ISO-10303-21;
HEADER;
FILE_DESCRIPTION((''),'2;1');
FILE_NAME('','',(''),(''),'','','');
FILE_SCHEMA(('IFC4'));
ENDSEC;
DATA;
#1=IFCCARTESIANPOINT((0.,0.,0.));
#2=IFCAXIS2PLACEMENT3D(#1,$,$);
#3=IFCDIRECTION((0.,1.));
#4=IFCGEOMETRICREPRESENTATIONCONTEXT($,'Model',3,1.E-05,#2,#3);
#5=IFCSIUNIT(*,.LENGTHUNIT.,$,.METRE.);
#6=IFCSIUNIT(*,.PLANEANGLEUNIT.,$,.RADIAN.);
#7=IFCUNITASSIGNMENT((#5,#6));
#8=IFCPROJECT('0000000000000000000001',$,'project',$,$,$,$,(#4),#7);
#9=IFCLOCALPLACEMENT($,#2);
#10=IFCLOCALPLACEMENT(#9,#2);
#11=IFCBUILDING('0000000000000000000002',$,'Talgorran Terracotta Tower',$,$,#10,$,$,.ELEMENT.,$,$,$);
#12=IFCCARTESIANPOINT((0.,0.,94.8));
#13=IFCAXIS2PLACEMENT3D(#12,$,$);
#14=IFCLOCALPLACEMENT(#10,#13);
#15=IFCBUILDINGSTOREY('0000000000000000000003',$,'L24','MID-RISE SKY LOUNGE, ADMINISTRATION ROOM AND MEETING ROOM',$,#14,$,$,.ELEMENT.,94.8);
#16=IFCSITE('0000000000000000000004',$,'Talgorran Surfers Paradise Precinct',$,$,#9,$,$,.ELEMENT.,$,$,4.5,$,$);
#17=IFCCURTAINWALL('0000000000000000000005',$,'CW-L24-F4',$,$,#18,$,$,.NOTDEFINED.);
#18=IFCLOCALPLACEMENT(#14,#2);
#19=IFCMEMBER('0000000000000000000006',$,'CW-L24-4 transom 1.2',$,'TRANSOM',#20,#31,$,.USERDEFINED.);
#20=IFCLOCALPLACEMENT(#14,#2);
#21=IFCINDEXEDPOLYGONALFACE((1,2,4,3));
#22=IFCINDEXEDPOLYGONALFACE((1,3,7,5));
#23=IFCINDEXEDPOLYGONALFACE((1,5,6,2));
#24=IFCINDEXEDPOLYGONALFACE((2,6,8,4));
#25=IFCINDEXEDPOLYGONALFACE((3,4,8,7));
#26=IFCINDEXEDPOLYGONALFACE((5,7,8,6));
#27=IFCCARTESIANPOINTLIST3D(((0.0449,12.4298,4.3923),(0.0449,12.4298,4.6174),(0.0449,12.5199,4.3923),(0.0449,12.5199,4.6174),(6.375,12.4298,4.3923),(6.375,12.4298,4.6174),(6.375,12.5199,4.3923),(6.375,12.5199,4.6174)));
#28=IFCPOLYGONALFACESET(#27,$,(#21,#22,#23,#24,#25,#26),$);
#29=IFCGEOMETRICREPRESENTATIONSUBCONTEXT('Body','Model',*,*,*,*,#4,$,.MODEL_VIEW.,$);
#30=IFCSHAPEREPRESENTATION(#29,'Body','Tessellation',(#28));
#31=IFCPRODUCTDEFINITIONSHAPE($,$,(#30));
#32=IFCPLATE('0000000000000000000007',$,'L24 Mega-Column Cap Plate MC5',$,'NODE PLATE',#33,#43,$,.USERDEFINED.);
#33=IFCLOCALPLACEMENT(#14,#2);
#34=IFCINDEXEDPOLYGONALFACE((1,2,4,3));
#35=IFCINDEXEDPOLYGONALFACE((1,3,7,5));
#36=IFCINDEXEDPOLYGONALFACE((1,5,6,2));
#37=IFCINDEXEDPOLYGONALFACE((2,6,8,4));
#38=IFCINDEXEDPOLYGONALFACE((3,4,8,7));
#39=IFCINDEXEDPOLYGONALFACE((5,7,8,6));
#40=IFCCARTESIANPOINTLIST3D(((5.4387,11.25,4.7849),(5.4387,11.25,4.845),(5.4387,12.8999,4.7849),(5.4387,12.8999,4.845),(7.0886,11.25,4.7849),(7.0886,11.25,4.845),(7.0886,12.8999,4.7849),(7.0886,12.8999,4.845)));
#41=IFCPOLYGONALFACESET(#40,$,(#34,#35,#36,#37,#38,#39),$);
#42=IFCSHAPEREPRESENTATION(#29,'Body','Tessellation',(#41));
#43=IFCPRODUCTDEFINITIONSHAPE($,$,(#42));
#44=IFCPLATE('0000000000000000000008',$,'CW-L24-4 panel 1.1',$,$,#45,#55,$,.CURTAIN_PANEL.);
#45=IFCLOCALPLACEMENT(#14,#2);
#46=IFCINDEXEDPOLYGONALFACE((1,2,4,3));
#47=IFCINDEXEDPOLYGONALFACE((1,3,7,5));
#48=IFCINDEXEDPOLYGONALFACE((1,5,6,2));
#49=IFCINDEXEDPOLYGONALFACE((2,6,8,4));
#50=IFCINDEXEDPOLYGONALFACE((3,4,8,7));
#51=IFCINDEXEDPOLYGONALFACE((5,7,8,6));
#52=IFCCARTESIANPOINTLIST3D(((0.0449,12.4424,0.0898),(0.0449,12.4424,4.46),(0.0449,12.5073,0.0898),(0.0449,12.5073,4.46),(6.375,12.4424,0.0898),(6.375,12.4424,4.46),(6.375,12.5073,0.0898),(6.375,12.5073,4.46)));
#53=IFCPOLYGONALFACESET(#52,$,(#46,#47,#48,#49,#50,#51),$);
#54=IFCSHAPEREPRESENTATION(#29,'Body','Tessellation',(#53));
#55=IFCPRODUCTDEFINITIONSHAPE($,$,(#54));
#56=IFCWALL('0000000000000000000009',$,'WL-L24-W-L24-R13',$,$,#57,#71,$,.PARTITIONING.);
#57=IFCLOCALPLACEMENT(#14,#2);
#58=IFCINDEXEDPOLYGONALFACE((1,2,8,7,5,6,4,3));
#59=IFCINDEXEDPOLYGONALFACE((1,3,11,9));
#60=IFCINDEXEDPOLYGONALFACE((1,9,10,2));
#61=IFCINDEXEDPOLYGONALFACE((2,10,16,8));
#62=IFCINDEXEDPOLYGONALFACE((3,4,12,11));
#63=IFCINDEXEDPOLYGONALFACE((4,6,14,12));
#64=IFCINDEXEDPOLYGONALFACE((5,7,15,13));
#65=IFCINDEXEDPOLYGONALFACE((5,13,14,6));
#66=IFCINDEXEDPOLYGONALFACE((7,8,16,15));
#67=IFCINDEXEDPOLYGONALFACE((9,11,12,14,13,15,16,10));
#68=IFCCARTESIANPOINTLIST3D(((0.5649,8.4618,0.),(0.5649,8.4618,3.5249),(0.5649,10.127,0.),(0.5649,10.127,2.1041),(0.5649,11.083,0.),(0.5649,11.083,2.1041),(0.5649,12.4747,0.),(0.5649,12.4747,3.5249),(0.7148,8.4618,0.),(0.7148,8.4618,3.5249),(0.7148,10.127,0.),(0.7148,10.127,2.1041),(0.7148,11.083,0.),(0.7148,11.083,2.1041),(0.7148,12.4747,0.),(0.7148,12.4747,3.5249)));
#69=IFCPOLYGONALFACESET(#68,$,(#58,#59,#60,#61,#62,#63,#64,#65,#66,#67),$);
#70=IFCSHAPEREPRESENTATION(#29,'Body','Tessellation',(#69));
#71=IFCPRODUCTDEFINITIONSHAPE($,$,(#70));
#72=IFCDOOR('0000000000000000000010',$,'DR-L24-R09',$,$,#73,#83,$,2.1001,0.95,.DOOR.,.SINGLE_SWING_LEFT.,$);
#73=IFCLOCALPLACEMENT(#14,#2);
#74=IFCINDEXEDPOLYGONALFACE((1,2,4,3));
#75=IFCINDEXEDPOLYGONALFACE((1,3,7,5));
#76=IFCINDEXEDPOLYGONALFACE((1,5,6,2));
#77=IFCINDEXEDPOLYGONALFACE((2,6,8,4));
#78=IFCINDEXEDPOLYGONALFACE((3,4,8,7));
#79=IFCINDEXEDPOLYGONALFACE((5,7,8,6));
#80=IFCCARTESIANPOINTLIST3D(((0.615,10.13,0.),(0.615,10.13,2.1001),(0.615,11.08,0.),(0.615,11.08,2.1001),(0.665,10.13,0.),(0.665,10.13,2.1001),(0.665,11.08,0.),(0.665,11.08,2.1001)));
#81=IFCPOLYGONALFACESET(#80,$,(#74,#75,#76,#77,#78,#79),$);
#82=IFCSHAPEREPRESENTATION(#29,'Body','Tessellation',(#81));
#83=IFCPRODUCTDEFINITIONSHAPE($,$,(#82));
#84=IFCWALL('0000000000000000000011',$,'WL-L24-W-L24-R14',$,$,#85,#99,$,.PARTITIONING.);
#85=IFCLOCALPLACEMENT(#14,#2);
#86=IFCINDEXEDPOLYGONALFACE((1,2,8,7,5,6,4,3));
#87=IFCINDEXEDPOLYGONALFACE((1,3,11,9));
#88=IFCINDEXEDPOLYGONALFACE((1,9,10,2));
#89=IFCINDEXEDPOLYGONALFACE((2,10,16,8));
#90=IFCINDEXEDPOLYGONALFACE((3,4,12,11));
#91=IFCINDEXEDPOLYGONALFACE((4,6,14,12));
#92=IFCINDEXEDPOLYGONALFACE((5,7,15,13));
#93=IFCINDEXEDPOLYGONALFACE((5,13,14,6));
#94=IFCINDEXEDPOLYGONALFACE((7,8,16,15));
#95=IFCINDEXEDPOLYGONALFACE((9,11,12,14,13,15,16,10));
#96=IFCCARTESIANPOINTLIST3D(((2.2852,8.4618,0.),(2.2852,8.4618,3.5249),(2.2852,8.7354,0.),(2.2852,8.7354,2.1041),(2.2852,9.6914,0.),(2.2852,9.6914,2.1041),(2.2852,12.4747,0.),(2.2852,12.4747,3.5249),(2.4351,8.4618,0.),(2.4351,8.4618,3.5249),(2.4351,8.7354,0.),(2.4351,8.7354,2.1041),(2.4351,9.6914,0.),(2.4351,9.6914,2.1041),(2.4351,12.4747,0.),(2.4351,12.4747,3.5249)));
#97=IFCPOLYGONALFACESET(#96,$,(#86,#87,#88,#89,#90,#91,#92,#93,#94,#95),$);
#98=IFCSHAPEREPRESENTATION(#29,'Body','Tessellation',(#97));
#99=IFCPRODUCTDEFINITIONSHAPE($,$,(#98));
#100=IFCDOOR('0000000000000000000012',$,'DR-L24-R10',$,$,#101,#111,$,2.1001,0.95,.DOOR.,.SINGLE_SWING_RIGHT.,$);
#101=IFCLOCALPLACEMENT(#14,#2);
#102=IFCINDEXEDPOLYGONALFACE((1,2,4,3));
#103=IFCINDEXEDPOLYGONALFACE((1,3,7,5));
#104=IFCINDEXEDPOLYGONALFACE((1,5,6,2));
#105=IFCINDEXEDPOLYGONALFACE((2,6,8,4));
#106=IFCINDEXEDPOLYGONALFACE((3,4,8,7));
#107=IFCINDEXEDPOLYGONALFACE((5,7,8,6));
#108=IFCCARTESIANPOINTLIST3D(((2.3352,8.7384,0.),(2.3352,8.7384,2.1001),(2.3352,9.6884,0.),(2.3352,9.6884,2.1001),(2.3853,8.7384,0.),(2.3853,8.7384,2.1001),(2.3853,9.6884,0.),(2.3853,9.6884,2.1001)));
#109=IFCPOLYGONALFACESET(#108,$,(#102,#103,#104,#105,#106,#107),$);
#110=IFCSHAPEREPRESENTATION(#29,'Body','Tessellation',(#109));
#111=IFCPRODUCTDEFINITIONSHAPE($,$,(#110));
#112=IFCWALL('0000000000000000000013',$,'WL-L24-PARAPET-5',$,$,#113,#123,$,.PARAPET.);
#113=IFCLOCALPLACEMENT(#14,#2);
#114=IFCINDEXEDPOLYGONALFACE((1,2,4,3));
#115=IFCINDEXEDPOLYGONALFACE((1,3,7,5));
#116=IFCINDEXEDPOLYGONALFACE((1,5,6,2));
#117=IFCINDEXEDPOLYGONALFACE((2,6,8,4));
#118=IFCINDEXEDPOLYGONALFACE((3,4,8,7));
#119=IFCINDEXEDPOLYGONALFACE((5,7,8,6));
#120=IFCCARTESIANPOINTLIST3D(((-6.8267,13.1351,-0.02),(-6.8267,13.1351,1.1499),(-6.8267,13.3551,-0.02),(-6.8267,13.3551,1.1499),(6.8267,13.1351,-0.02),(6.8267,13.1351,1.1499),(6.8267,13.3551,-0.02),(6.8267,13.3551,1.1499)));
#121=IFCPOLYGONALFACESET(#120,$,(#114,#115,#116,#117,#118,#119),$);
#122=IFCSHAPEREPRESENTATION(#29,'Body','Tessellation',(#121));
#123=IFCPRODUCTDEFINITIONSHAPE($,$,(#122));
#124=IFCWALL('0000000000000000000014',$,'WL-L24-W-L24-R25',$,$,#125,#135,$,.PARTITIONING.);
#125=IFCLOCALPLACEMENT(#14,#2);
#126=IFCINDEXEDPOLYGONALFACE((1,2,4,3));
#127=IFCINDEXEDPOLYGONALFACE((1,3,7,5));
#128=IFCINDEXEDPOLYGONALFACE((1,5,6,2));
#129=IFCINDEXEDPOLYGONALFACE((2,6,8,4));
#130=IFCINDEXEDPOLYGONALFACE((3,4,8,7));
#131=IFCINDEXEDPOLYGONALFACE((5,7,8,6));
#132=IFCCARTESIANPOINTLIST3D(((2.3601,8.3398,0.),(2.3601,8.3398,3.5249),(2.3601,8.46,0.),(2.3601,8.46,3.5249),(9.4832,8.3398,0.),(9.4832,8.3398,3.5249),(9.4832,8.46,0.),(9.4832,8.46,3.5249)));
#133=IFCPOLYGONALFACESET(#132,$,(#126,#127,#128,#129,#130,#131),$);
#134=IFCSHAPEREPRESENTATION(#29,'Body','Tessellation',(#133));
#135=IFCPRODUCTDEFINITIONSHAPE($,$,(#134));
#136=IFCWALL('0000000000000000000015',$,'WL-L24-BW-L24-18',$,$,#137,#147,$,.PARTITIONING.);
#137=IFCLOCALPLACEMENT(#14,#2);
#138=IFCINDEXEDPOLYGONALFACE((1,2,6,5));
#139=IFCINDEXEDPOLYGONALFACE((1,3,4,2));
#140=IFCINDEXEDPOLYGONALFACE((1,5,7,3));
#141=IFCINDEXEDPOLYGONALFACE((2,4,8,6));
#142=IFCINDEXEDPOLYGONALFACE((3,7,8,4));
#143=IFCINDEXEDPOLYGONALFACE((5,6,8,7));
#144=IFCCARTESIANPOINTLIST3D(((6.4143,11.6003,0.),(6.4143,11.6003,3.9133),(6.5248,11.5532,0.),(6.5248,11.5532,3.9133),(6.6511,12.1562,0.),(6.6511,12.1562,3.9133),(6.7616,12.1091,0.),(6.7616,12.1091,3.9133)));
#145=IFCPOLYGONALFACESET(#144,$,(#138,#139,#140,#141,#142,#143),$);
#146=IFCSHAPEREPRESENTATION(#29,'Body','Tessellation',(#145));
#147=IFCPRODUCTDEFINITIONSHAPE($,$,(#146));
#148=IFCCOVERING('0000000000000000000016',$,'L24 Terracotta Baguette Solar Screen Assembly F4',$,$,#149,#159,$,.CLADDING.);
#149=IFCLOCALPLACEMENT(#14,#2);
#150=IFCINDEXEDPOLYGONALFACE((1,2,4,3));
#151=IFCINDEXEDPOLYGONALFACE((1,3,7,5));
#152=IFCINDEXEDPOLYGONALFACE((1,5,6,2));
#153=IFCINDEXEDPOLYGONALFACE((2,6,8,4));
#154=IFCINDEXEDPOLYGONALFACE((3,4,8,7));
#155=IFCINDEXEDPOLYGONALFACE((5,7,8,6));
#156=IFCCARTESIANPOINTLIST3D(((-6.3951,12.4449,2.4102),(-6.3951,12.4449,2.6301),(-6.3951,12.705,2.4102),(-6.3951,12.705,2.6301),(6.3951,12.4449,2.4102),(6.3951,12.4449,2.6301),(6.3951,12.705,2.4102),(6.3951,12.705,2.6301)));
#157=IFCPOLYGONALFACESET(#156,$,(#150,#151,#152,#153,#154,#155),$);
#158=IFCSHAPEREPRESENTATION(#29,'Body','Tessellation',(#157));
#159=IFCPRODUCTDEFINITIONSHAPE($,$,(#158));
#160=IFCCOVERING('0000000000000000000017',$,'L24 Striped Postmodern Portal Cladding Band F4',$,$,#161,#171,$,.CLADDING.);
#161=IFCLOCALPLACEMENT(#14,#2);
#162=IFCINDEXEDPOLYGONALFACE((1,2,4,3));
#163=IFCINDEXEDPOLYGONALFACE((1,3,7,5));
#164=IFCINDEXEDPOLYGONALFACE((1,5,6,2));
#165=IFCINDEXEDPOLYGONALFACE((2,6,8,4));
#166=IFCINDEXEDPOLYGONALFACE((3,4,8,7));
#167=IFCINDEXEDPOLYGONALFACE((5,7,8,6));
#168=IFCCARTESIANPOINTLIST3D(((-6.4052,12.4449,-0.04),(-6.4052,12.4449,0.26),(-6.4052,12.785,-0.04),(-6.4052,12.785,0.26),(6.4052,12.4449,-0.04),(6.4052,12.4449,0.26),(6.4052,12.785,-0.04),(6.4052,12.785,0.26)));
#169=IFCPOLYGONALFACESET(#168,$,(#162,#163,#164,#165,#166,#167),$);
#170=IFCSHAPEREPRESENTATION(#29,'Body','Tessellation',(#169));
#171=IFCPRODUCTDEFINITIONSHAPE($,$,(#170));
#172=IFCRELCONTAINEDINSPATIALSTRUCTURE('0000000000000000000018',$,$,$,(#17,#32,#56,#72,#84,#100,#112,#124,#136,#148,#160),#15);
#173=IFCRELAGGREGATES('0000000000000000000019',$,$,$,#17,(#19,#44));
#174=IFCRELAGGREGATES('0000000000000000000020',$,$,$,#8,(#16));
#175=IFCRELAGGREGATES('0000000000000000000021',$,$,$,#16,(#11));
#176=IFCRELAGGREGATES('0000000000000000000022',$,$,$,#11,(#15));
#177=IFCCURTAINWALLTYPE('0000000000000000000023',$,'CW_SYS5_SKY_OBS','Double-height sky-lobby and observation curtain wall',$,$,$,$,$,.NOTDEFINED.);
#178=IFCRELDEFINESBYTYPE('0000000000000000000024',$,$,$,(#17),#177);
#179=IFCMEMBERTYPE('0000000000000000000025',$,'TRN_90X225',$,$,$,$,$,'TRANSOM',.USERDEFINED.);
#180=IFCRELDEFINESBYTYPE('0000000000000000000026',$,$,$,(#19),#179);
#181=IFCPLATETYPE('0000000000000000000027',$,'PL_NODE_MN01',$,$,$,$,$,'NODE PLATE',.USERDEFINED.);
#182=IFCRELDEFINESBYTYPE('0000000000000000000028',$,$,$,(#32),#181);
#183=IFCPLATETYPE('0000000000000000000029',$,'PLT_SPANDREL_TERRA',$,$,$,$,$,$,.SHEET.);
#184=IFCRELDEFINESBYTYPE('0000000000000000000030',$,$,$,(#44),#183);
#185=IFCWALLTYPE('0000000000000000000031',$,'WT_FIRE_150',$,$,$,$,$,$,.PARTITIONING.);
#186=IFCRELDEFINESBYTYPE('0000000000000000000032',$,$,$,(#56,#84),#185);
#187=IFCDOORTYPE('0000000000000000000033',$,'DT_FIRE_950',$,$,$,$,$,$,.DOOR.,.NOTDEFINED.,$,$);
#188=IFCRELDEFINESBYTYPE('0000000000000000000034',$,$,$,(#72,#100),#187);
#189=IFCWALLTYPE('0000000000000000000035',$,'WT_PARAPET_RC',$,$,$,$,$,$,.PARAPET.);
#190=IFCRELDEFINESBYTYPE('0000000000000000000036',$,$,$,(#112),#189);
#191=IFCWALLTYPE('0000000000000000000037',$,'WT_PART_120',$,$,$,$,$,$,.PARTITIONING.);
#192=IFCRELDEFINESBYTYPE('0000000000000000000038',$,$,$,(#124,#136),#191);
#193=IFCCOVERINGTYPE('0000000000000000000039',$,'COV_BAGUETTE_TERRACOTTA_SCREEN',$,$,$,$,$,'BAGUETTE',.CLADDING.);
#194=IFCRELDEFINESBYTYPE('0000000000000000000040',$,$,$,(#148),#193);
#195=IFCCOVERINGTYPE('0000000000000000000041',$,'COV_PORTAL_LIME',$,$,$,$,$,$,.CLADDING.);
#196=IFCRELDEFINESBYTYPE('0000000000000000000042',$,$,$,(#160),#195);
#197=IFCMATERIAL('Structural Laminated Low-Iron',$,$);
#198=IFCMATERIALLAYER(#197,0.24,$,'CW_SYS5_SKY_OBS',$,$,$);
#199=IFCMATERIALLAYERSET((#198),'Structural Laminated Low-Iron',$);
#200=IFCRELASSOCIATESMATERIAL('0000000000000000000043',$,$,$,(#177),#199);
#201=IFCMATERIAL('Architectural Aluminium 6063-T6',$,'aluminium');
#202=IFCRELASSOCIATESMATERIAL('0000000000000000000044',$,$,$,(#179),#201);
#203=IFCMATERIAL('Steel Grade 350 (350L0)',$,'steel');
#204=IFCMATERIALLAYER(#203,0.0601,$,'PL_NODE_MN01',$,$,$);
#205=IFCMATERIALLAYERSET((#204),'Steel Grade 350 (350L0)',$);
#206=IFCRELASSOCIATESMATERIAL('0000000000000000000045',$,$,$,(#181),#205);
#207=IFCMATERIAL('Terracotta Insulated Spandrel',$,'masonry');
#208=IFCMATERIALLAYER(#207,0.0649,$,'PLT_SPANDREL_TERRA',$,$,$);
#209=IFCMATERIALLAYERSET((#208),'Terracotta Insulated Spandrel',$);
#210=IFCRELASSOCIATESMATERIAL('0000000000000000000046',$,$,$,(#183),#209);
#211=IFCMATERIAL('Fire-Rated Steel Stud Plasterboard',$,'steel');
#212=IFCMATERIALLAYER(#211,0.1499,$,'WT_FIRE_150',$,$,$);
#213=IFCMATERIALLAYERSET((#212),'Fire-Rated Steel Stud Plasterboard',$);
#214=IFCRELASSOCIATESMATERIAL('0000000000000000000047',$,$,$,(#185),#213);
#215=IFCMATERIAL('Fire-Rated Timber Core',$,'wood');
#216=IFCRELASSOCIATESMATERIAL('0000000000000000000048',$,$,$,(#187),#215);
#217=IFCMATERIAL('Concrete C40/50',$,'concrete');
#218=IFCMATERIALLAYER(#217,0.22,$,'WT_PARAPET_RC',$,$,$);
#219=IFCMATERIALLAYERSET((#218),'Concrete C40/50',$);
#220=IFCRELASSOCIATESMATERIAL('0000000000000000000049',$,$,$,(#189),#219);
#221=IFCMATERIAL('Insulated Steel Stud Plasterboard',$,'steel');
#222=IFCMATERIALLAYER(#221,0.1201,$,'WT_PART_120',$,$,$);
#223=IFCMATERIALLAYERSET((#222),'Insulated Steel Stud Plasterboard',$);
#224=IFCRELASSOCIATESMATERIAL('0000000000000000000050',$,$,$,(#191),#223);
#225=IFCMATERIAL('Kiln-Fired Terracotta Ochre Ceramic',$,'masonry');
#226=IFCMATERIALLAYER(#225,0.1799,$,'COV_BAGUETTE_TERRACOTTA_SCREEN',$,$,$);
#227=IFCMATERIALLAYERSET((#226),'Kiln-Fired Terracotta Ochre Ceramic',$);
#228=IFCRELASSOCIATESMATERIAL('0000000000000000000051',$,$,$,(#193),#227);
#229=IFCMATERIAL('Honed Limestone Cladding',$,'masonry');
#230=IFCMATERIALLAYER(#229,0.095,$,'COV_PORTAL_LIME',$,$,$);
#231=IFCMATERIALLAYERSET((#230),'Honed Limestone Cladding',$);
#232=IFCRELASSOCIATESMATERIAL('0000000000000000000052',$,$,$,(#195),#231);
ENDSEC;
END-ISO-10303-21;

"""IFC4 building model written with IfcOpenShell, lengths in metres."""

from ifc_helpers import new_model, si_unit, direction, frame, frame_2d, origin, origin_2d, place, context, subcontext, project, spatial, rectangle, extrude, source, transform, mapped, material, layer, layer_set, material_profile, profile_set, type_object, type_shapes, element, fill, aggregate, save


model = new_model("IFC4")

# Units and contexts
model_context = context("Model", 3, precision=1e-05, world=origin(), true_north=direction((0.0, 1.0)))
body_context = subcontext(model_context, "Body", "Model", "MODEL_VIEW")
ifc_project = project(units=[si_unit("LENGTHUNIT", "METRE"), si_unit("PLANEANGLEUNIT", "RADIAN")], contexts=[model_context])

# Site, building, storey
site_placement = place(None, origin())
site = spatial("IfcSite", under=ifc_project, at=site_placement, Name="Talgorran Surfers Paradise Precinct", CompositionType="ELEMENT", RefElevation=4.5)
building_placement = place(site_placement, origin())
building = spatial("IfcBuilding", under=site, at=building_placement, Name="Talgorran Terracotta Tower", CompositionType="ELEMENT")
storey_placement = place(building_placement, frame((0.0, 0.0, 94.8)))
storey = spatial("IfcBuildingStorey", under=building, at=storey_placement, Name="L24", Description="MID-RISE SKY LOUNGE, ADMINISTRATION ROOM AND MEETING ROOM", CompositionType="ELEMENT", Elevation=94.8)

# Shared definitions
ifc_material_1 = material(Name="Steel Grade 350 (350L0)", Category="steel")

# Shared definitions
ifc_material_2 = material(Name="Structural Laminated Low-Iron")
ifc_layer_1 = layer(ifc_material_2, 0.24, Name="CW_SYS5_SKY_OBS")
ifc_layer_set_1 = layer_set([ifc_layer_1], Name="Structural Laminated Low-Iron")
curtain_wall_type = type_object("IfcCurtainWallType", Name="CW_SYS5_SKY_OBS", Description="Double-height sky-lobby and observation curtain wall", PredefinedType="NOTDEFINED", material=ifc_layer_set_1)
ifc_material_3 = material(Name="Architectural Aluminium 6063-T6", Category="aluminium")

# Curtain wall, member
curtain_wall_1_placement = place(storey_placement, origin())
curtain_wall_1 = element("IfcCurtainWall", 1, at=curtain_wall_1_placement, inside=storey, type_object=curtain_wall_type, Name="CW-L24-F4", PredefinedType="NOTDEFINED")
ifc_material_profile_1 = material_profile(ifc_material_3, rectangle(XDim=0.0901, YDim=0.2251, at=origin_2d()), Name="CWT90X225")
ifc_profile_set_1 = profile_set([ifc_material_profile_1], Name="Architectural Aluminium 6063-T6")
member_type_1 = type_object("IfcMemberType", Name="TRN_90X225", ElementType="TRANSOM", PredefinedType="USERDEFINED", material=ifc_profile_set_1)
member_1_placement = place(storey_placement, frame((6.375, 12.4749, 4.5049), z_axis=(-1.0, 0.0, 0.0), x_axis=(0.0, -1.0, 0.0)))
member_1 = element("IfcMember", 2, at=member_1_placement, type_object=member_type_1, Name="CW-L24-4 transom 1.2", ObjectType="TRANSOM", PredefinedType="USERDEFINED", context=body_context, shape_type="SweptSolid", body=[
    extrude(rectangle(XDim=0.0901, YDim=0.2251, at=origin_2d()), origin(), (0.0, 0.0, 1.0), 6.3301),
])

# Plates
ifc_layer_2 = layer(ifc_material_1, 0.0601, Name="PL_NODE_MN01")
ifc_layer_set_2 = layer_set([ifc_layer_2], Name="Steel Grade 350 (350L0)")
plate_type_1 = type_object("IfcPlateType", Name="PL_NODE_MN01", ElementType="NODE PLATE", PredefinedType="USERDEFINED", material=ifc_layer_set_2)
plate_1_placement = place(storey_placement, frame((6.2637, 12.075, 4.7849), z_axis=(0.0, 0.0, 1.0), x_axis=(1.0, 0.0, 0.0)))
element("IfcPlate", 3, at=plate_1_placement, inside=storey, type_object=plate_type_1, Name="L24 Mega-Column Cap Plate MC5", ObjectType="NODE PLATE", PredefinedType="USERDEFINED", context=body_context, shape_type="SweptSolid", body=[
    extrude(rectangle(XDim=1.6499, YDim=1.6499, at=origin_2d()), origin(), (0.0, 0.0, 1.0), 0.0601),
])
ifc_material_4 = material(Name="Terracotta Insulated Spandrel", Category="masonry")
ifc_layer_3 = layer(ifc_material_4, 0.0649, Name="PLT_SPANDREL_TERRA")
ifc_layer_set_3 = layer_set([ifc_layer_3], Name="Terracotta Insulated Spandrel")
plate_type_2 = type_object("IfcPlateType", Name="PLT_SPANDREL_TERRA", PredefinedType="SHEET", material=ifc_layer_set_3)
shared_shape = source(origin(), body_context, "Body", "SweptSolid", [
    extrude(rectangle(XDim=6.3301, YDim=0.0649, at=origin_2d()), origin(), (0.0, 0.0, 1.0), 4.3701),
])
type_shapes(plate_type_2, [shared_shape])
plate_2_placement = place(storey_placement, frame((3.21, 12.4749, 0.0898), z_axis=(0.0, 0.0, 1.0), x_axis=(-1.0, 0.0, 0.0)))
plate_2 = element("IfcPlate", 4, at=plate_2_placement, type_object=plate_type_2, Name="CW-L24-4 panel 1.1", PredefinedType="CURTAIN_PANEL", context=body_context, shape_type="MappedRepresentation", body=[
    mapped(shared_shape, transform((0.0, 0.0, 0.0), scale=1.0)),
])
aggregate(curtain_wall_1, [member_1, plate_2])

# Walls, openings, doors
ifc_material_5 = material(Name="Fire-Rated Steel Stud Plasterboard", Category="steel")
ifc_layer_4 = layer(ifc_material_5, 0.1499, Name="WT_FIRE_150")
ifc_layer_set_4 = layer_set([ifc_layer_4], Name="Fire-Rated Steel Stud Plasterboard")
wall_type_1 = type_object("IfcWallType", Name="WT_FIRE_150", PredefinedType="PARTITIONING", material=ifc_layer_set_4)
wall_1_placement = place(storey_placement, frame((0.6399, 8.4619, 0.0), z_axis=(0.0, 0.0, 1.0), x_axis=(0.0, 1.0, 0.0)))
wall_1 = element("IfcWall", 5, at=wall_1_placement, inside=storey, type_object=wall_type_1, Name="WL-L24-W-L24-R13", PredefinedType="PARTITIONING", context=body_context, shape_type="SweptSolid", body=[
    extrude(rectangle(XDim=4.0129, YDim=0.1499, at=frame_2d((2.0063, 0.0))), origin(), (0.0, 0.0, 1.0), 3.5249),
])
opening_1_placement = place(wall_1_placement, frame((1.668, 0.0, 0.0)))
opening_1 = element("IfcOpeningElement", 6, at=opening_1_placement, cuts=wall_1, PredefinedType="OPENING", context=body_context, shape_type="SweptSolid", body=[
    extrude(rectangle(XDim=0.956, YDim=2.1041, at=frame_2d((0.4751, 1.052))), frame((0.0, 0.085, 0.0), z_axis=(0.0, -1.0, 0.0), x_axis=(1.0, 0.0, 0.0)), (0.0, 0.0, 1.0), 0.1699),
])
ifc_material_6 = material(Name="Fire-Rated Timber Core", Category="wood")
door_type = type_object("IfcDoorType", Name="DT_FIRE_950", OperationType="NOTDEFINED", PredefinedType="DOOR", material=ifc_material_6)
door_1_placement = place(opening_1_placement, origin())
door_1 = element("IfcDoor", 7, at=door_1_placement, inside=storey, type_object=door_type, Name="DR-L24-R09", OperationType="SINGLE_SWING_LEFT", OverallHeight=2.1001, OverallWidth=0.95, PredefinedType="DOOR", context=body_context, shape_type="SweptSolid", body=[
    extrude(rectangle(XDim=0.95, YDim=2.1001, at=frame_2d((0.4751, 1.05))), frame((0.0, 0.0249, 0.0), z_axis=(0.0, -1.0, 0.0), x_axis=(1.0, 0.0, 0.0)), (0.0, 0.0, 1.0), 0.05),
])
fill(opening_1, door_1)
wall_2_placement = place(storey_placement, frame((2.3601, 8.4619, 0.0), z_axis=(0.0, 0.0, 1.0), x_axis=(0.0, 1.0, 0.0)))
wall_2 = element("IfcWall", 8, at=wall_2_placement, inside=storey, type_object=wall_type_1, Name="WL-L24-W-L24-R14", PredefinedType="PARTITIONING", context=body_context, shape_type="SweptSolid", body=[
    extrude(rectangle(XDim=4.0129, YDim=0.1499, at=frame_2d((2.0063, 0.0))), origin(), (0.0, 0.0, 1.0), 3.5249),
])
opening_2_placement = place(wall_2_placement, frame((0.2764, 0.0, 0.0)))
opening_2 = element("IfcOpeningElement", 9, at=opening_2_placement, cuts=wall_2, PredefinedType="OPENING", context=body_context, shape_type="SweptSolid", body=[
    extrude(rectangle(XDim=0.956, YDim=2.1041, at=frame_2d((0.4751, 1.052))), frame((0.0, 0.085, 0.0), z_axis=(0.0, -1.0, 0.0), x_axis=(1.0, 0.0, 0.0)), (0.0, 0.0, 1.0), 0.1699),
])
door_2_placement = place(opening_2_placement, origin())
door_2 = element("IfcDoor", 10, at=door_2_placement, inside=storey, type_object=door_type, Name="DR-L24-R10", OperationType="SINGLE_SWING_RIGHT", OverallHeight=2.1001, OverallWidth=0.95, PredefinedType="DOOR", context=body_context, shape_type="SweptSolid", body=[
    extrude(rectangle(XDim=0.95, YDim=2.1001, at=frame_2d((0.4751, 1.05))), frame((0.0, 0.0249, 0.0), z_axis=(0.0, -1.0, 0.0), x_axis=(1.0, 0.0, 0.0)), (0.0, 0.0, 1.0), 0.05),
])
fill(opening_2, door_2)

# Walls
ifc_material_7 = material(Name="Concrete C40/50", Category="concrete")
ifc_layer_5 = layer(ifc_material_7, 0.22, Name="WT_PARAPET_RC")
ifc_layer_set_5 = layer_set([ifc_layer_5], Name="Concrete C40/50")
wall_type_2 = type_object("IfcWallType", Name="WT_PARAPET_RC", PredefinedType="PARAPET", material=ifc_layer_set_5)
wall_3_placement = place(storey_placement, frame((6.8267, 13.2451, -0.02), z_axis=(0.0, 0.0, 1.0), x_axis=(-1.0, 0.0, 0.0)))
element("IfcWall", 11, at=wall_3_placement, inside=storey, type_object=wall_type_2, Name="WL-L24-PARAPET-5", PredefinedType="PARAPET", context=body_context, shape_type="SweptSolid", body=[
    extrude(rectangle(XDim=13.6533, YDim=0.22, at=frame_2d((6.8267, 0.0))), origin(), (0.0, 0.0, 1.0), 1.1699),
])
ifc_material_8 = material(Name="Insulated Steel Stud Plasterboard", Category="steel")
ifc_layer_6 = layer(ifc_material_8, 0.1201, Name="WT_PART_120")
ifc_layer_set_6 = layer_set([ifc_layer_6], Name="Insulated Steel Stud Plasterboard")
wall_type_3 = type_object("IfcWallType", Name="WT_PART_120", PredefinedType="PARTITIONING", material=ifc_layer_set_6)
wall_4_placement = place(storey_placement, frame((2.3601, 8.3999, 0.0), z_axis=(0.0, 0.0, 1.0), x_axis=(1.0, 0.0, 0.0)))
element("IfcWall", 12, at=wall_4_placement, inside=storey, type_object=wall_type_3, Name="WL-L24-W-L24-R25", PredefinedType="PARTITIONING", context=body_context, shape_type="SweptSolid", body=[
    extrude(rectangle(XDim=7.123, YDim=0.1201, at=frame_2d((3.5615, 0.0))), origin(), (0.0, 0.0, 1.0), 3.5249),
])
wall_5_placement = place(storey_placement, frame((6.4695, 11.5767, 0.0), z_axis=(0.0, 0.0, 1.0), x_axis=(0.391919, 0.92, 0.0)))
element("IfcWall", 13, at=wall_5_placement, inside=storey, type_object=wall_type_3, Name="WL-L24-BW-L24-18", PredefinedType="PARTITIONING", context=body_context, shape_type="SweptSolid", body=[
    extrude(rectangle(XDim=0.6042, YDim=0.1201, at=frame_2d((0.3022, 0.0))), origin(), (0.0, 0.0, 1.0), 3.9133),
])

# Coverings
ifc_material_9 = material(Name="Kiln-Fired Terracotta Ochre Ceramic", Category="masonry")
ifc_layer_7 = layer(ifc_material_9, 0.1799, Name="COV_BAGUETTE_TERRACOTTA_SCREEN")
ifc_layer_set_7 = layer_set([ifc_layer_7], Name="Kiln-Fired Terracotta Ochre Ceramic")
covering_type_1 = type_object("IfcCoveringType", Name="COV_BAGUETTE_TERRACOTTA_SCREEN", ElementType="BAGUETTE", PredefinedType="CLADDING", material=ifc_layer_set_7)
covering_1_placement = place(storey_placement, frame((0.0, 12.575, 2.4102), z_axis=(0.0, 0.0, 1.0), x_axis=(-1.0, 0.0, 0.0)))
element("IfcCovering", 14, at=covering_1_placement, inside=storey, type_object=covering_type_1, Name="L24 Terracotta Baguette Solar Screen Assembly F4", PredefinedType="CLADDING", context=body_context, shape_type="SweptSolid", body=[
    extrude(rectangle(XDim=12.7903, YDim=0.26, at=origin_2d()), origin(), (0.0, 0.0, 1.0), 0.22),
])
ifc_material_10 = material(Name="Honed Limestone Cladding", Category="masonry")
ifc_layer_8 = layer(ifc_material_10, 0.095, Name="COV_PORTAL_LIME")
ifc_layer_set_8 = layer_set([ifc_layer_8], Name="Honed Limestone Cladding")
covering_type_2 = type_object("IfcCoveringType", Name="COV_PORTAL_LIME", PredefinedType="CLADDING", material=ifc_layer_set_8)
covering_2_placement = place(storey_placement, frame((0.0, 12.615, -0.04), z_axis=(0.0, 0.0, 1.0), x_axis=(-1.0, 0.0, 0.0)))
element("IfcCovering", 15, at=covering_2_placement, inside=storey, type_object=covering_type_2, Name="L24 Striped Postmodern Portal Cladding Band F4", PredefinedType="CLADDING", context=body_context, shape_type="SweptSolid", body=[
    extrude(rectangle(XDim=12.8103, YDim=0.3401, at=origin_2d()), origin(), (0.0, 0.0, 1.0), 0.3),
])

save(model, "model.ifc")
